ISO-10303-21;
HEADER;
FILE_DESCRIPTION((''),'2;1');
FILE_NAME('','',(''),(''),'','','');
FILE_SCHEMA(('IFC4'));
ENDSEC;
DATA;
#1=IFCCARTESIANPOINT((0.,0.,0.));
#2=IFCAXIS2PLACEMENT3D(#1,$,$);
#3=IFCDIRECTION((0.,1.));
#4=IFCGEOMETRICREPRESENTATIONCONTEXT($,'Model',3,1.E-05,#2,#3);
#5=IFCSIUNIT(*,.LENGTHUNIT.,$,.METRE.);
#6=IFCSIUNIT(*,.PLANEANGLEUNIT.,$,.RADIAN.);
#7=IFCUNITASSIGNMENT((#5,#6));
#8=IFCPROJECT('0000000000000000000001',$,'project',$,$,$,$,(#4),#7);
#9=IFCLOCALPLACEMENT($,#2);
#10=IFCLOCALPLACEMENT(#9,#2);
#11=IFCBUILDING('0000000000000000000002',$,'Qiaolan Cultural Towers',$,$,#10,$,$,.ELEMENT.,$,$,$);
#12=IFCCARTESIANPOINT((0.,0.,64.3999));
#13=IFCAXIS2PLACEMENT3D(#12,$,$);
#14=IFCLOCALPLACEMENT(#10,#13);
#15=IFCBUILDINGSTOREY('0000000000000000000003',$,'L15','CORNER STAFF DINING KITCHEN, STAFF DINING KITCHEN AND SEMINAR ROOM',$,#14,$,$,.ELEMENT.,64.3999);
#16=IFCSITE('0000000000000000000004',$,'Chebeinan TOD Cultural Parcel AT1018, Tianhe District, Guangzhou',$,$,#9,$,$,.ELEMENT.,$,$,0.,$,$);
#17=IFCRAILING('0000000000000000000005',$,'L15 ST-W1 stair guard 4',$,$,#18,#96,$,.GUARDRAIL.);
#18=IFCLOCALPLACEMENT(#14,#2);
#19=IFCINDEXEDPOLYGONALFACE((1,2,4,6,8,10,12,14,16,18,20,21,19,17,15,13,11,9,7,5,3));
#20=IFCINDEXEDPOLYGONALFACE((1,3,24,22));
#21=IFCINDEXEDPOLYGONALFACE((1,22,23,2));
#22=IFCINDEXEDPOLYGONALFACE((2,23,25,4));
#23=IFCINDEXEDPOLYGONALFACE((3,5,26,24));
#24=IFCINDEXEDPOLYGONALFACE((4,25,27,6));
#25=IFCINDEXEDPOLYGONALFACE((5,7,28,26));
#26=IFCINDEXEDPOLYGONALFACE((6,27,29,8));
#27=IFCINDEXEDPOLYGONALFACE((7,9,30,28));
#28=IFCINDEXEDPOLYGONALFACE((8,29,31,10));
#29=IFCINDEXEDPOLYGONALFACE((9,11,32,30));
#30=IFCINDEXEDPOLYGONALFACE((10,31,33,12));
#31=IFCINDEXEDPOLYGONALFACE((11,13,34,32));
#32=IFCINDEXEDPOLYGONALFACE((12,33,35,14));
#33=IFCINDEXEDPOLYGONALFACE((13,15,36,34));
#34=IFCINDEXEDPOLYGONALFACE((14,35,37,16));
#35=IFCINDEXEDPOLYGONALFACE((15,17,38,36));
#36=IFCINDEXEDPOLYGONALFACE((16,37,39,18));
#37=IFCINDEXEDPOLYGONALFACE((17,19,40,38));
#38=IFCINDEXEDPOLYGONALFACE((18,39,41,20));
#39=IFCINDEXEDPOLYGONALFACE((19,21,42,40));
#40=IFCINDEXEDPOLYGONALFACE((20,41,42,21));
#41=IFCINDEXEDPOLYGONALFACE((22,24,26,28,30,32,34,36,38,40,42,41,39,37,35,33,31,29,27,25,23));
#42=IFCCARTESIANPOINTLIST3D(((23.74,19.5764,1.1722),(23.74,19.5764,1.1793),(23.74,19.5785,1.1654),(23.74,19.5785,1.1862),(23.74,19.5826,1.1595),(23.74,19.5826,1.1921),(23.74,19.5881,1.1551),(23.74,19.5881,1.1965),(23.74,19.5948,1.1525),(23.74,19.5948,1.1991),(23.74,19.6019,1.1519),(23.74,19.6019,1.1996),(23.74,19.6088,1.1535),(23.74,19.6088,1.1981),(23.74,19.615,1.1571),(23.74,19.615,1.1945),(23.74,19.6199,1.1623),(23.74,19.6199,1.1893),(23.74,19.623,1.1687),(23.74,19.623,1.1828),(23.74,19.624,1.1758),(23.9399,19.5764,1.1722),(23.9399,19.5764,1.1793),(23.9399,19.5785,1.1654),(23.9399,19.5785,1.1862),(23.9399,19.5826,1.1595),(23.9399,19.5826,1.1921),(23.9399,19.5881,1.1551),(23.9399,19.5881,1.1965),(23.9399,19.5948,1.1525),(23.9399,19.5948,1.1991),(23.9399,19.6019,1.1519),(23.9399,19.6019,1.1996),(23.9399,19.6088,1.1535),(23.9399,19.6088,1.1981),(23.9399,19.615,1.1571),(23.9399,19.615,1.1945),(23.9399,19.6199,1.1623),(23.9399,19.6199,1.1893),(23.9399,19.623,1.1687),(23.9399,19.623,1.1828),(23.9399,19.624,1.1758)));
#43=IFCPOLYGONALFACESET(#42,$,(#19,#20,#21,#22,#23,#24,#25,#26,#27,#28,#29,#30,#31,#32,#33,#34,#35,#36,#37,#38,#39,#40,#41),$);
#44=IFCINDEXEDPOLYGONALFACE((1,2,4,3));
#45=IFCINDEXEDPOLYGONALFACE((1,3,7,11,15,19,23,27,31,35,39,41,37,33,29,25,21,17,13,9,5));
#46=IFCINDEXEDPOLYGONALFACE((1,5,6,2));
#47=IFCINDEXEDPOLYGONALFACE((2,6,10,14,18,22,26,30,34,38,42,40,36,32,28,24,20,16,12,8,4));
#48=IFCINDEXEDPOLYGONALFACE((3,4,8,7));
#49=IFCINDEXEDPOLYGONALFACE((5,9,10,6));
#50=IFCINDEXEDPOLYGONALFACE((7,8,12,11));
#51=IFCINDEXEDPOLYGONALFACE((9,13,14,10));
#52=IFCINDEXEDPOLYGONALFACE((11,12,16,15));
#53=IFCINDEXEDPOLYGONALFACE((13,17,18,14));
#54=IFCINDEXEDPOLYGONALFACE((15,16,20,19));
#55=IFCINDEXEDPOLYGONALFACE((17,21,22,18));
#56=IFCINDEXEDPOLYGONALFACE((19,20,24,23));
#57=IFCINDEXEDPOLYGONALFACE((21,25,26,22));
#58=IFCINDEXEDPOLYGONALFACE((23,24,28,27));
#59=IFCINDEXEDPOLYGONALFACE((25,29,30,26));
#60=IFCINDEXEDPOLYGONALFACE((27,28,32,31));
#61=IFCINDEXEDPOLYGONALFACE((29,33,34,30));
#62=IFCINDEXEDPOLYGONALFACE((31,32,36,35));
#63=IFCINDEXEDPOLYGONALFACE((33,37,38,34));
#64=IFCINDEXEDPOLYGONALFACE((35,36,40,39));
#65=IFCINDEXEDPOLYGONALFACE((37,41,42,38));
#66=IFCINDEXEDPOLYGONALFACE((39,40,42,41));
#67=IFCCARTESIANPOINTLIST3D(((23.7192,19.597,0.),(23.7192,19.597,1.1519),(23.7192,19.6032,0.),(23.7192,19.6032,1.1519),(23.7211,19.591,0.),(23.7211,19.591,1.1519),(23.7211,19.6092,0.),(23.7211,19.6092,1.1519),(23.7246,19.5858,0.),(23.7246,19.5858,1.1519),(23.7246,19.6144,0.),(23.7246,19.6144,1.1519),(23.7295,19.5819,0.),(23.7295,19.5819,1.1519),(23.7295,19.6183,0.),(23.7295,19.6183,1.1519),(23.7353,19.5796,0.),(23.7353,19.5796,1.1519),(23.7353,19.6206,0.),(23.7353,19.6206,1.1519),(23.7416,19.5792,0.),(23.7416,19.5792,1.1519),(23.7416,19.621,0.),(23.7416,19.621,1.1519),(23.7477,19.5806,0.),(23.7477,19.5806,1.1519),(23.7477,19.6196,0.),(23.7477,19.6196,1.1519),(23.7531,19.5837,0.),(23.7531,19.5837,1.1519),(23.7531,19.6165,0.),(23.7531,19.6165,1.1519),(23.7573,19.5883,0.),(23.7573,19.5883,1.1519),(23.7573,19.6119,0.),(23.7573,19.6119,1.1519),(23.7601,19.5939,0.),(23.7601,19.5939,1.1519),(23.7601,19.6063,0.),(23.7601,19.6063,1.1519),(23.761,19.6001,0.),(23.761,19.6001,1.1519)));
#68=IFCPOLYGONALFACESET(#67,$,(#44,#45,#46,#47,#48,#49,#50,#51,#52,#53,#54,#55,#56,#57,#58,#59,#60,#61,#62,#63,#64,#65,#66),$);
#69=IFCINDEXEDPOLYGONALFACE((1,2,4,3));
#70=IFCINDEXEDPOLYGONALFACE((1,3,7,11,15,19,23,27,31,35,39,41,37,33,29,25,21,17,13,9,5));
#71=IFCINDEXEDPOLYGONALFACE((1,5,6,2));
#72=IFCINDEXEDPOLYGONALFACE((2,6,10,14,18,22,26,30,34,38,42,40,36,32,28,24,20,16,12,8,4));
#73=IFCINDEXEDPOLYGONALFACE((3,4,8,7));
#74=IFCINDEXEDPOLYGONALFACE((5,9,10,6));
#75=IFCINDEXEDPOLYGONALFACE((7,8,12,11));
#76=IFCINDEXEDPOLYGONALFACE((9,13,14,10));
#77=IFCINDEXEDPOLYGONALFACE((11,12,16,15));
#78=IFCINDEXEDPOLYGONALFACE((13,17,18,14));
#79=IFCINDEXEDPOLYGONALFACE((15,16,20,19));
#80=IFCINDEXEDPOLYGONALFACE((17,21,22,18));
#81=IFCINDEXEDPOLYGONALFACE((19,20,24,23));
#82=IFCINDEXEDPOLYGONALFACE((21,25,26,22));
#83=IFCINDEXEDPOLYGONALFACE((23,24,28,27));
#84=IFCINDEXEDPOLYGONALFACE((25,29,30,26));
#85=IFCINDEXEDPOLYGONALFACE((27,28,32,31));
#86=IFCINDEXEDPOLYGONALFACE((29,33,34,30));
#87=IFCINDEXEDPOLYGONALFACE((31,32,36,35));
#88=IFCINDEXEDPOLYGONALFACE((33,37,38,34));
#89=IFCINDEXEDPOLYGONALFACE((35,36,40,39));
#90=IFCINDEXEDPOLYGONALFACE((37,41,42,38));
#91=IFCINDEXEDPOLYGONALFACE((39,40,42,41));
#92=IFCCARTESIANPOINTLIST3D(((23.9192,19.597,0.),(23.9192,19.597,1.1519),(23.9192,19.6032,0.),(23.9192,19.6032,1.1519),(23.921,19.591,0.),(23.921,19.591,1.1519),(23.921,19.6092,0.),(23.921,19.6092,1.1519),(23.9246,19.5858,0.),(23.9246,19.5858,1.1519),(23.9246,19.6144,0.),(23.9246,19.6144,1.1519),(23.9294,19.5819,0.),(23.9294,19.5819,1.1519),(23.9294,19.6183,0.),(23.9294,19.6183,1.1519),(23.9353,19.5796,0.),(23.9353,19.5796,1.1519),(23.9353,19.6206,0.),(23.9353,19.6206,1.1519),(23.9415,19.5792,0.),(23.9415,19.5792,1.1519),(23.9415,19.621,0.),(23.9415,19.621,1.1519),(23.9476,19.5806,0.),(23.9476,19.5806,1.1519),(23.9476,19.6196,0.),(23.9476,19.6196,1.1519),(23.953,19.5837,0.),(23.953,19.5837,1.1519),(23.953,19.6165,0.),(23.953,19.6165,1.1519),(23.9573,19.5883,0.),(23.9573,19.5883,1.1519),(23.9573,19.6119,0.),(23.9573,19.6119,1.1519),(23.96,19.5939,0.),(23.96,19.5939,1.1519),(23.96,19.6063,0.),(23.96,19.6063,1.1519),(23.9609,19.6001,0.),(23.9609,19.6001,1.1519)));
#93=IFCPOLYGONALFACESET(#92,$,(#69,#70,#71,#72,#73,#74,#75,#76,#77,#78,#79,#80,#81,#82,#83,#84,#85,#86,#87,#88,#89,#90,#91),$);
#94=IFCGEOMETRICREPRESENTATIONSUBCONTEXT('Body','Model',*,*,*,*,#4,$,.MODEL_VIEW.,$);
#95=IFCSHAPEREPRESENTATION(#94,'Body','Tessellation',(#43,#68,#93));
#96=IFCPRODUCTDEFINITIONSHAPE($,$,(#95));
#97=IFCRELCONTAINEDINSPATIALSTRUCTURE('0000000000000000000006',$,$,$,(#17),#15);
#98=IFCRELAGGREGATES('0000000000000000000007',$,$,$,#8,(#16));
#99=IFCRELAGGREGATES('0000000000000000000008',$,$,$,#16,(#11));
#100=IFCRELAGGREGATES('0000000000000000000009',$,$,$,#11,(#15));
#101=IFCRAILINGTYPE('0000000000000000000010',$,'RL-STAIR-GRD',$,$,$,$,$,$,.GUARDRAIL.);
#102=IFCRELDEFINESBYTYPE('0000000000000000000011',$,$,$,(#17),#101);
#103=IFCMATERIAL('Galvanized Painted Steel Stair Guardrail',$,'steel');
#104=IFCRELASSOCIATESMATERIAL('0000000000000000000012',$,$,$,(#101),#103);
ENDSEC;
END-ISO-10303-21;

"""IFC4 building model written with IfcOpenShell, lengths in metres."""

from ifc_helpers import new_model, si_unit, direction, frame, origin, origin_2d, place, context, subcontext, project, spatial, circle, extrude, material, type_object, element, save


model = new_model("IFC4")

# Units and contexts
model_context = context("Model", 3, precision=1e-05, world=origin(), true_north=direction((0.0, 1.0)))
body_context = subcontext(model_context, "Body", "Model", "MODEL_VIEW")
ifc_project = project(units=[si_unit("LENGTHUNIT", "METRE"), si_unit("PLANEANGLEUNIT", "RADIAN")], contexts=[model_context])

# Site, building, storey
site_placement = place(None, origin())
site = spatial("IfcSite", under=ifc_project, at=site_placement, Name="Chebeinan TOD Cultural Parcel AT1018, Tianhe District, Guangzhou", CompositionType="ELEMENT", RefElevation=0.0)
building_placement = place(site_placement, origin())
building = spatial("IfcBuilding", under=site, at=building_placement, Name="Qiaolan Cultural Towers", CompositionType="ELEMENT")
storey_placement = place(building_placement, frame((0.0, 0.0, 64.3999)))
storey = spatial("IfcBuildingStorey", under=building, at=storey_placement, Name="L15", Description="CORNER STAFF DINING KITCHEN, STAFF DINING KITCHEN AND SEMINAR ROOM", CompositionType="ELEMENT", Elevation=64.3999)

# Railing
ifc_material_1 = material(Name="Galvanized Painted Steel Stair Guardrail", Category="steel")
railing_type_1 = type_object("IfcRailingType", Name="RL-STAIR-GRD", PredefinedType="GUARDRAIL", material=ifc_material_1)
railing_1_placement = place(storey_placement, frame((23.74, 19.6001, 0.0)))
element("IfcRailing", 1, at=railing_1_placement, inside=storey, type_object=railing_type_1, Name="L15 ST-W1 stair guard 4", PredefinedType="GUARDRAIL", context=body_context, shape_type="SweptSolid", body=[
    extrude(circle(Radius=0.0239, at=origin_2d()), frame((0.0, 0.0, 1.1758), z_axis=(1.0, 0.0, 0.0), x_axis=(0.0, 1.0, 0.0)), (0.0, 0.0, 1.0), 0.2),
    extrude(circle(Radius=0.021, at=origin_2d()), origin(), (0.0, 0.0, 1.0), 1.1519),
    extrude(circle(Radius=0.021, at=origin_2d()), frame((0.2, 0.0, 0.0)), (0.0, 0.0, 1.0), 1.1519),
])

save(model, "model.ifc")
